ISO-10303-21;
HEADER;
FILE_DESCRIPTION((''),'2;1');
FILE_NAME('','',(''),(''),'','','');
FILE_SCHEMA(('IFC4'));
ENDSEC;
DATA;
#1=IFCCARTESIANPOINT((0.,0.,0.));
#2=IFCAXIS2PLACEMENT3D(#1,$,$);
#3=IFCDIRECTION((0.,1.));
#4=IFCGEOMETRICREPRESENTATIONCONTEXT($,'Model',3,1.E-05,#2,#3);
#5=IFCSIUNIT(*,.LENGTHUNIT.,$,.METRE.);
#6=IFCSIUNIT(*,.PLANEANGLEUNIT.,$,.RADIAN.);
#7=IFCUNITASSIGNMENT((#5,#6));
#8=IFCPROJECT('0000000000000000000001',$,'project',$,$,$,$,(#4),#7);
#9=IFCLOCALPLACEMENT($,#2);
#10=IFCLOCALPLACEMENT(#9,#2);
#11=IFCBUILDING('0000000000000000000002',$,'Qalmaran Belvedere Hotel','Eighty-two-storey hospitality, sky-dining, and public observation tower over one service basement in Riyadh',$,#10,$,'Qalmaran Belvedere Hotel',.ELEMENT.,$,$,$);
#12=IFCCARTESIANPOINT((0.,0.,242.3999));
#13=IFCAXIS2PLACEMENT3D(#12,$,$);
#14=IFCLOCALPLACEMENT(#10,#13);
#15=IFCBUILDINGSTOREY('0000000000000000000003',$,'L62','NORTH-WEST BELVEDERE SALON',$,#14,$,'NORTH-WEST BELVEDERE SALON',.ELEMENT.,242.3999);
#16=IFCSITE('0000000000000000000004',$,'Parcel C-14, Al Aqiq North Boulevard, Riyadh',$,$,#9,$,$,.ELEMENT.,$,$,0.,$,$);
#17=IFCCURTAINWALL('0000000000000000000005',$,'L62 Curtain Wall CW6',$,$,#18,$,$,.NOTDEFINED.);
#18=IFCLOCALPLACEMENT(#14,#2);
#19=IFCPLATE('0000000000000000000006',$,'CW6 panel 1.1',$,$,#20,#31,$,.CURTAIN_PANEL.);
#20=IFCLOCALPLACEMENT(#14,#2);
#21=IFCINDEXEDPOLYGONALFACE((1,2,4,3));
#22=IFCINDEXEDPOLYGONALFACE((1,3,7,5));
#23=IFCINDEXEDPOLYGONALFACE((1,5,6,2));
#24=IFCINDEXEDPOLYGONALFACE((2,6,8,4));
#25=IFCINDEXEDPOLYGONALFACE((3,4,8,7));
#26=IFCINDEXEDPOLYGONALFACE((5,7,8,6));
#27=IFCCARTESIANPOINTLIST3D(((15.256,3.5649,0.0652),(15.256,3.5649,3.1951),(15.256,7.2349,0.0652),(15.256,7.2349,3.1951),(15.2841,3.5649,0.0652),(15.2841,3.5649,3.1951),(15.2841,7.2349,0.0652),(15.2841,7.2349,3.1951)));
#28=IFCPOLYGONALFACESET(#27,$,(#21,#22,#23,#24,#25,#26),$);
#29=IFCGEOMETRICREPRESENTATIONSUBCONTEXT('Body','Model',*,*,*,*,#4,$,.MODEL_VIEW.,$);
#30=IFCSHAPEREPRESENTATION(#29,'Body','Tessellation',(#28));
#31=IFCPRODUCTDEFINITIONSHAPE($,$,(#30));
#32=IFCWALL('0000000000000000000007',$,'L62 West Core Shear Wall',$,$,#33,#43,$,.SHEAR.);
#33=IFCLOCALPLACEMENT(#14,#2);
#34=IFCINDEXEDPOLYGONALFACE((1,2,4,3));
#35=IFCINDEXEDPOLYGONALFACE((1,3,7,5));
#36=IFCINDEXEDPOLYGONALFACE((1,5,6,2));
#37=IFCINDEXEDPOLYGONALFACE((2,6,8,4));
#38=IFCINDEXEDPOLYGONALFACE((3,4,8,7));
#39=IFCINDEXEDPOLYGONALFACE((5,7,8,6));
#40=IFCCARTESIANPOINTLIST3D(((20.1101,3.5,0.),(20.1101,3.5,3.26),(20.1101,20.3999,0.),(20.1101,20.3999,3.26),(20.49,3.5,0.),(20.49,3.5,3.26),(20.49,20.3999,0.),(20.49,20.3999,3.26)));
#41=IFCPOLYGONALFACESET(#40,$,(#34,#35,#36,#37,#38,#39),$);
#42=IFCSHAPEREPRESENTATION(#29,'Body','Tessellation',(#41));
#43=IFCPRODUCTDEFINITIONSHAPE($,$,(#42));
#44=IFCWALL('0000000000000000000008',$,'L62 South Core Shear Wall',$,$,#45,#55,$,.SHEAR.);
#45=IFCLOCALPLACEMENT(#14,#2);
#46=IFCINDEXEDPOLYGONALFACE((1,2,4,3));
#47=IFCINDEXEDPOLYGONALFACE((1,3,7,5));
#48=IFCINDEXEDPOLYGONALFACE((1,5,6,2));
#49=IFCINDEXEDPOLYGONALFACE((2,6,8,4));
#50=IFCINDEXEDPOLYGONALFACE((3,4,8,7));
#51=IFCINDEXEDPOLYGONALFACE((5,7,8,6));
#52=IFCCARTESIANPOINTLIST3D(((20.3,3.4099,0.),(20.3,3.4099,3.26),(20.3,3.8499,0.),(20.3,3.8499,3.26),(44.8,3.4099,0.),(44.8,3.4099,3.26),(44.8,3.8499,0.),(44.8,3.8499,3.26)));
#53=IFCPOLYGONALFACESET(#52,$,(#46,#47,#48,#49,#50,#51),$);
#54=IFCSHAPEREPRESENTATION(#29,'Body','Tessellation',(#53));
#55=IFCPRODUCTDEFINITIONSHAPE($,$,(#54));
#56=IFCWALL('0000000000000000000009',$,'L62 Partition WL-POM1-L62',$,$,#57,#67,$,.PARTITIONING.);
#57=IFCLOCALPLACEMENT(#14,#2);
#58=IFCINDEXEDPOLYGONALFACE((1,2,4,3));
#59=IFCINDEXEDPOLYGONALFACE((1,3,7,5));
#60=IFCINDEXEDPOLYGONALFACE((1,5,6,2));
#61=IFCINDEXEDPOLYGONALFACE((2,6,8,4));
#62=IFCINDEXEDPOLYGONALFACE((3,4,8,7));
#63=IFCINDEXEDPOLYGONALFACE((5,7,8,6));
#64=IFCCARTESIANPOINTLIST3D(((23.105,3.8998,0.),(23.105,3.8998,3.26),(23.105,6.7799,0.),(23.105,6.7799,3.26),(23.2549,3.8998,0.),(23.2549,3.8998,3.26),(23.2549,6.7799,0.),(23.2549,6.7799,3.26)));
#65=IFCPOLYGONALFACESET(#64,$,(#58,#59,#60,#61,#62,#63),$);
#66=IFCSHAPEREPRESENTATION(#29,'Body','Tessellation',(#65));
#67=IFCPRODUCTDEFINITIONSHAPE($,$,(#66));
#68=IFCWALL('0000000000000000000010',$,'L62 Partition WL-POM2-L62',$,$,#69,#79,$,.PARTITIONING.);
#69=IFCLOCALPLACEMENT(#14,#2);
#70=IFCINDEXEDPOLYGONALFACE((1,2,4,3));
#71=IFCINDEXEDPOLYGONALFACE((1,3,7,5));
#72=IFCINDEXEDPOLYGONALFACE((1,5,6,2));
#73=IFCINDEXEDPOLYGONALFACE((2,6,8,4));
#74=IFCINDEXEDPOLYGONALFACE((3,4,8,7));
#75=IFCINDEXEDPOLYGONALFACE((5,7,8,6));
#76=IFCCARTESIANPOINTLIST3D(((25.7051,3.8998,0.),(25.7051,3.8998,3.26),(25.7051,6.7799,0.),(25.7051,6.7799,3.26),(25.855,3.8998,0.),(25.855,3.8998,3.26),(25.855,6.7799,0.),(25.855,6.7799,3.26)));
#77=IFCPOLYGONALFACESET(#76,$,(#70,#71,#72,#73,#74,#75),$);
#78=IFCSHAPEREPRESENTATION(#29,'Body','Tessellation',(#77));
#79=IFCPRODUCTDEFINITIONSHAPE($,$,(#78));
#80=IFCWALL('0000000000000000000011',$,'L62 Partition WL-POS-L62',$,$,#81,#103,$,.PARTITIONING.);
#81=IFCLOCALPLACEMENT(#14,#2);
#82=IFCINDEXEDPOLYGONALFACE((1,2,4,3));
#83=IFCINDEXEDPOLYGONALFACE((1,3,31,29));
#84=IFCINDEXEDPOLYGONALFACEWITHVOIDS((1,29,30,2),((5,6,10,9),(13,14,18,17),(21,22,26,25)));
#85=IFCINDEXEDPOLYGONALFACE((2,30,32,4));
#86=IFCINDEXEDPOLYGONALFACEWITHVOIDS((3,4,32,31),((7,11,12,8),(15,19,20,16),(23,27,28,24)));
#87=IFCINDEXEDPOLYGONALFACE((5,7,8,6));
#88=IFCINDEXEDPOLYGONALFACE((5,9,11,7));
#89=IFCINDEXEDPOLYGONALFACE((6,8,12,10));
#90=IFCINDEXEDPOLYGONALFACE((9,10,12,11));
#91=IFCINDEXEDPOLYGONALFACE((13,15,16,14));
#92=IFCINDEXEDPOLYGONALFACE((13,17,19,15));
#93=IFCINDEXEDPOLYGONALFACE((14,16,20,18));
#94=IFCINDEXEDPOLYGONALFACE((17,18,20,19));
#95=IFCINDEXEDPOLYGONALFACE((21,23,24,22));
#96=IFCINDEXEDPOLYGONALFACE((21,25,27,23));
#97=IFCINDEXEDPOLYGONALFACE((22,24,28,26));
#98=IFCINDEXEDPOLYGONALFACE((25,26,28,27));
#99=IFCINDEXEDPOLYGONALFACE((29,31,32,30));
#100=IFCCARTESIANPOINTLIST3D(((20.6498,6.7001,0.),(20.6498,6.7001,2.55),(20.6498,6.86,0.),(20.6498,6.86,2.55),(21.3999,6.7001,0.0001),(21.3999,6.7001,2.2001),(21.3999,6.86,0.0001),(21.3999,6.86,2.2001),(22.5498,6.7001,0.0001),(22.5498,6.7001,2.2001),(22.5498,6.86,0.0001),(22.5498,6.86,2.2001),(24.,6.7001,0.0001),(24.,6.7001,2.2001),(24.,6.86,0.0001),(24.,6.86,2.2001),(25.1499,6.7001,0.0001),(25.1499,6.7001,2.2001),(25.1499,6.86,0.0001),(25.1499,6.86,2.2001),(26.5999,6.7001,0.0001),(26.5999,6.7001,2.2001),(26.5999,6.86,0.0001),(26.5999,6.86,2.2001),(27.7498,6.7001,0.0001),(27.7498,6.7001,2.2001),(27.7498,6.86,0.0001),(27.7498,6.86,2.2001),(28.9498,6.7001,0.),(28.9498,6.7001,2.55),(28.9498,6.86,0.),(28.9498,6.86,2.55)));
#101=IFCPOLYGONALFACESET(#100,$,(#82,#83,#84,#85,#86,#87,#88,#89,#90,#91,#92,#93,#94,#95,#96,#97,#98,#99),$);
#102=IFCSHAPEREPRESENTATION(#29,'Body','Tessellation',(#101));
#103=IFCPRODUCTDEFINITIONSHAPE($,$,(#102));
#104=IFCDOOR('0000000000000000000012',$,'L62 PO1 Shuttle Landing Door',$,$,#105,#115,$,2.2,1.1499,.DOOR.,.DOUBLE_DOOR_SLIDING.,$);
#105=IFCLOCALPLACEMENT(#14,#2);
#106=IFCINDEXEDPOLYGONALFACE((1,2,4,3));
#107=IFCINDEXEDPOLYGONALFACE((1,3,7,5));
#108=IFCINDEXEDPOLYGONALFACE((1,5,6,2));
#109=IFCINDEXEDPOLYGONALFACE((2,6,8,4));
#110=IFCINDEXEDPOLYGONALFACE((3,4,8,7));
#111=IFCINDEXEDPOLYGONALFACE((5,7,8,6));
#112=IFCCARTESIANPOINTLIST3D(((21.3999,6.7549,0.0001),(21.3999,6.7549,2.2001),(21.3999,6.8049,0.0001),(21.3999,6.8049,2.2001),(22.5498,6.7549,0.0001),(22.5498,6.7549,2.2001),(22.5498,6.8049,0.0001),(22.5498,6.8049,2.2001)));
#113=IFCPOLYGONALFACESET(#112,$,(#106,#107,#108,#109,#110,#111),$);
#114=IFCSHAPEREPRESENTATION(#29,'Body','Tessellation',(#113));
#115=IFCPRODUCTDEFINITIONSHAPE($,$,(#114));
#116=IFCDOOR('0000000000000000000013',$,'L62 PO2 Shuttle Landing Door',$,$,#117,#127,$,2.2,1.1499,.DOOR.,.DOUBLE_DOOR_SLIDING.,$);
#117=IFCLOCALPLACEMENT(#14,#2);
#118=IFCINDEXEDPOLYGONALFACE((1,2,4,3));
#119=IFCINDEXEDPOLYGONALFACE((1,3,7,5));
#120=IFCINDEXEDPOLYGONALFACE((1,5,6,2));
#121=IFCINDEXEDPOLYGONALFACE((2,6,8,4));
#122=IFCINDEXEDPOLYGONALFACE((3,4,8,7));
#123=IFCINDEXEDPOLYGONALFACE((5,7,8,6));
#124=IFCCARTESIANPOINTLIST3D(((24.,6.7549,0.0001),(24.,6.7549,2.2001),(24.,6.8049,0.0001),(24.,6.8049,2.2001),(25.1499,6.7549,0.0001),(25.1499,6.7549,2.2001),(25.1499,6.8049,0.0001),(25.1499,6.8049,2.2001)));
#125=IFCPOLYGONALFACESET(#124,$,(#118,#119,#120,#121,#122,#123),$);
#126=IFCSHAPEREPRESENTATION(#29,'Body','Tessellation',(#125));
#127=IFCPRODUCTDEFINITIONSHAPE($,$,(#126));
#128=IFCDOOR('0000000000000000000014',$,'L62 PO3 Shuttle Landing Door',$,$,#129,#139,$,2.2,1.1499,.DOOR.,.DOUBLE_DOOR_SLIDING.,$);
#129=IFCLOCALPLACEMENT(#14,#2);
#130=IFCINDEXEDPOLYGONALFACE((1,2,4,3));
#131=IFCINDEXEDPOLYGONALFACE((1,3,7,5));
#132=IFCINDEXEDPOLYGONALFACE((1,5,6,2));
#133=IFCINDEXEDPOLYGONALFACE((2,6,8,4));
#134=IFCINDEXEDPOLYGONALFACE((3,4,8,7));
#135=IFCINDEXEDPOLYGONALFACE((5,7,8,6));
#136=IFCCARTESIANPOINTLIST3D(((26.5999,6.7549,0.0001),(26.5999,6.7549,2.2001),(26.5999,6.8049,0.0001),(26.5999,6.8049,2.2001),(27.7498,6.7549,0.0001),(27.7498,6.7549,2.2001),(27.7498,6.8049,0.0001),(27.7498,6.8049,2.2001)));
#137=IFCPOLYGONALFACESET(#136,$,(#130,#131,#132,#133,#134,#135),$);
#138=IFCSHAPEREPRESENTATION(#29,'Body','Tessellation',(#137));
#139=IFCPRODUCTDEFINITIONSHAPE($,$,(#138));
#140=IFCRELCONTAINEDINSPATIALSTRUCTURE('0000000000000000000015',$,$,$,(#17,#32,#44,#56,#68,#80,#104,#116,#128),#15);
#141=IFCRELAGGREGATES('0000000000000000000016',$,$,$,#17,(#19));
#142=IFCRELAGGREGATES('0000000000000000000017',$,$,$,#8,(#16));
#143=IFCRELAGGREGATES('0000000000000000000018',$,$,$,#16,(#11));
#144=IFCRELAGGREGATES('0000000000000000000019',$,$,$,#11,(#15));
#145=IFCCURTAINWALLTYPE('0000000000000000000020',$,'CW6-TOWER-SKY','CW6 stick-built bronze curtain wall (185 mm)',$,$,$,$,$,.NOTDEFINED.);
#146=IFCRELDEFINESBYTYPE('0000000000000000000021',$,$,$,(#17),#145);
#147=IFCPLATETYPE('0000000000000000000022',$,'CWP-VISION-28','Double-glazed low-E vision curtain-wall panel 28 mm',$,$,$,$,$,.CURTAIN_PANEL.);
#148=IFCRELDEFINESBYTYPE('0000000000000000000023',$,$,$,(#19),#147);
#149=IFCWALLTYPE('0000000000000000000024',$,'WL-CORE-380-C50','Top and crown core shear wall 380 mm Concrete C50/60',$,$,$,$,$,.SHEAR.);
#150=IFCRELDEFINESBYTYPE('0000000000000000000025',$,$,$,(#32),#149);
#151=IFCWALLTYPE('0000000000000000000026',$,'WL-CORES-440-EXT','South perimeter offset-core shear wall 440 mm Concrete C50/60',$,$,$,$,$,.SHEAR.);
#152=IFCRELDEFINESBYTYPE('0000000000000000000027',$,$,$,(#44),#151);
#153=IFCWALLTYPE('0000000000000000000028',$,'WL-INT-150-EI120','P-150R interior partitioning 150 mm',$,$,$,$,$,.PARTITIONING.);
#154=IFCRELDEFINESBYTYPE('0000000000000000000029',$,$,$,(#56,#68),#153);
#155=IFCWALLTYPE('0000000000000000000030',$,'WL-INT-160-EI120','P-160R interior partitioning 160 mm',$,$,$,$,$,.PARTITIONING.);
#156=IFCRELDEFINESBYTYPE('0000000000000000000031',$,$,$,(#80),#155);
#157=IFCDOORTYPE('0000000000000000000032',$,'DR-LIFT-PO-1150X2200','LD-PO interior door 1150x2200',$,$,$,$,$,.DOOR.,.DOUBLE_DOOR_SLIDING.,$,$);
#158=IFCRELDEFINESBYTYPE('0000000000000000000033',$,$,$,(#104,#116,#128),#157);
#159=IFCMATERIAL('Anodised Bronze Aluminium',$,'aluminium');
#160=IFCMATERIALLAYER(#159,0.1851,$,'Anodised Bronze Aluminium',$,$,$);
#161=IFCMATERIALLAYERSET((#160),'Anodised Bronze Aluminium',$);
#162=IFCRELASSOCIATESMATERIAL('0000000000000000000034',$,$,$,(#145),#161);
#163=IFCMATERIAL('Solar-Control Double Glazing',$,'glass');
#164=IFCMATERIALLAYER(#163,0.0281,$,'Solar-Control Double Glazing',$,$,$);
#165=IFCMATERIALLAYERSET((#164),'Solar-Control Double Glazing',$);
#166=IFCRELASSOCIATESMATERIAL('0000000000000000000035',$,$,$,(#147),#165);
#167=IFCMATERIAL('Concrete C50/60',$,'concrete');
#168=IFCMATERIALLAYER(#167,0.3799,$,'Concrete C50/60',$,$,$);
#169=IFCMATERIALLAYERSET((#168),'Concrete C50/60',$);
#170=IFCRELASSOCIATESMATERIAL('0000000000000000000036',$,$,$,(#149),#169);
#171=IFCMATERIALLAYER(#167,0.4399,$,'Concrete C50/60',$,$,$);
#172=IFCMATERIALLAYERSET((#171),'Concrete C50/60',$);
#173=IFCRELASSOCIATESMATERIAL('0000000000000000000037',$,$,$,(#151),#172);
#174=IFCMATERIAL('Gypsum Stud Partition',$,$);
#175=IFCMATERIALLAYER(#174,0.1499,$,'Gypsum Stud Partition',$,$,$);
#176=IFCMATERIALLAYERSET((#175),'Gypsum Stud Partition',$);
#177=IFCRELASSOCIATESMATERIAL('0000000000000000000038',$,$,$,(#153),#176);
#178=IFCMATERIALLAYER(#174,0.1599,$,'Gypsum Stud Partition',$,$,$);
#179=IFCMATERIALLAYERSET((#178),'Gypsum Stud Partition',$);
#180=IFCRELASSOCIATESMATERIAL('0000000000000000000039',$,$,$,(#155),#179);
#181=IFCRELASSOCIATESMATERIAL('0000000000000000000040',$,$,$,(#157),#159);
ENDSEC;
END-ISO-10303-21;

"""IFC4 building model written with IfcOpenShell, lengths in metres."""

from ifc_helpers import new_model, si_unit, direction, frame, frame_2d, origin, origin_2d, place, context, subcontext, project, spatial, rectangle, extrude, material, layer, layer_set, type_object, element, fill, aggregate, save


model = new_model("IFC4")

# Units and contexts
model_context = context("Model", 3, precision=1e-05, world=origin(), true_north=direction((0.0, 1.0)))
body_context = subcontext(model_context, "Body", "Model", "MODEL_VIEW")
ifc_project = project(units=[si_unit("LENGTHUNIT", "METRE"), si_unit("PLANEANGLEUNIT", "RADIAN")], contexts=[model_context])

# Site, building, storey
site_placement = place(None, origin())
site = spatial("IfcSite", under=ifc_project, at=site_placement, Name="Parcel C-14, Al Aqiq North Boulevard, Riyadh", CompositionType="ELEMENT", RefElevation=0.0)
building_placement = place(site_placement, origin())
building = spatial("IfcBuilding", under=site, at=building_placement, Name="Qalmaran Belvedere Hotel", Description="Eighty-two-storey hospitality, sky-dining, and public observation tower over one service basement in Riyadh", LongName="Qalmaran Belvedere Hotel", CompositionType="ELEMENT")
storey_placement = place(building_placement, frame((0.0, 0.0, 242.3999)))
storey = spatial("IfcBuildingStorey", under=building, at=storey_placement, Name="L62", Description="NORTH-WEST BELVEDERE SALON", LongName="NORTH-WEST BELVEDERE SALON", CompositionType="ELEMENT", Elevation=242.3999)

# Shared definitions
ifc_material_1 = material(Name="Concrete C50/60", Category="concrete")

# Shared definitions
ifc_material_2 = material(Name="Anodised Bronze Aluminium", Category="aluminium")
ifc_layer_1 = layer(ifc_material_2, 0.1851, Name="Anodised Bronze Aluminium")
ifc_layer_set_1 = layer_set([ifc_layer_1], Name="Anodised Bronze Aluminium")
curtain_wall_type = type_object("IfcCurtainWallType", Name="CW6-TOWER-SKY", Description="CW6 stick-built bronze curtain wall (185 mm)", PredefinedType="NOTDEFINED", material=ifc_layer_set_1)

# Curtain wall
curtain_wall_1_placement = place(storey_placement, origin())
curtain_wall_1 = element("IfcCurtainWall", 1, at=curtain_wall_1_placement, inside=storey, type_object=curtain_wall_type, Name="L62 Curtain Wall CW6", PredefinedType="NOTDEFINED")

# Plate
ifc_material_3 = material(Name="Solar-Control Double Glazing", Category="glass")
ifc_layer_2 = layer(ifc_material_3, 0.0281, Name="Solar-Control Double Glazing")
ifc_layer_set_2 = layer_set([ifc_layer_2], Name="Solar-Control Double Glazing")
plate_type = type_object("IfcPlateType", Name="CWP-VISION-28", Description="Double-glazed low-E vision curtain-wall panel 28 mm", PredefinedType="CURTAIN_PANEL", material=ifc_layer_set_2)
plate_1_placement = place(storey_placement, frame((15.27, 5.3999, 0.0652), z_axis=(0.0, 0.0, 1.0), x_axis=(0.0, -1.0, 0.0)))
plate_1 = element("IfcPlate", 2, at=plate_1_placement, type_object=plate_type, Name="CW6 panel 1.1", PredefinedType="CURTAIN_PANEL", context=body_context, shape_type="SweptSolid", body=[
    extrude(rectangle(XDim=3.6699, YDim=0.0281, at=origin_2d()), origin(), (0.0, 0.0, 1.0), 3.1299),
])
aggregate(curtain_wall_1, [plate_1])

# Walls
ifc_layer_3 = layer(ifc_material_1, 0.3799, Name="Concrete C50/60")
ifc_layer_set_3 = layer_set([ifc_layer_3], Name="Concrete C50/60")
wall_type_1 = type_object("IfcWallType", Name="WL-CORE-380-C50", Description="Top and crown core shear wall 380 mm Concrete C50/60", PredefinedType="SHEAR", material=ifc_layer_set_3)
wall_1_placement = place(storey_placement, frame((20.3, 3.5, 0.0), z_axis=(0.0, 0.0, 1.0), x_axis=(0.0, 1.0, 0.0)))
element("IfcWall", 3, at=wall_1_placement, inside=storey, type_object=wall_type_1, Name="L62 West Core Shear Wall", PredefinedType="SHEAR", context=body_context, shape_type="SweptSolid", body=[
    extrude(rectangle(XDim=16.8999, YDim=0.3799, at=frame_2d((8.45, 0.0))), origin(), (0.0, 0.0, 1.0), 3.26),
])
ifc_layer_4 = layer(ifc_material_1, 0.4399, Name="Concrete C50/60")
ifc_layer_set_4 = layer_set([ifc_layer_4], Name="Concrete C50/60")
wall_type_2 = type_object("IfcWallType", Name="WL-CORES-440-EXT", Description="South perimeter offset-core shear wall 440 mm Concrete C50/60", PredefinedType="SHEAR", material=ifc_layer_set_4)
wall_2_placement = place(storey_placement, frame((20.3, 3.6299, 0.0), z_axis=(0.0, 0.0, 1.0), x_axis=(1.0, 0.0, 0.0)))
element("IfcWall", 4, at=wall_2_placement, inside=storey, type_object=wall_type_2, Name="L62 South Core Shear Wall", PredefinedType="SHEAR", context=body_context, shape_type="SweptSolid", body=[
    extrude(rectangle(XDim=24.5, YDim=0.4399, at=frame_2d((12.25, 0.0))), origin(), (0.0, 0.0, 1.0), 3.26),
])
ifc_material_4 = material(Name="Gypsum Stud Partition")
ifc_layer_5 = layer(ifc_material_4, 0.1499, Name="Gypsum Stud Partition")
ifc_layer_set_5 = layer_set([ifc_layer_5], Name="Gypsum Stud Partition")
wall_type_3 = type_object("IfcWallType", Name="WL-INT-150-EI120", Description="P-150R interior partitioning 150 mm", PredefinedType="PARTITIONING", material=ifc_layer_set_5)
for number, where, z_axis, x_axis, name in (
    (5, (23.1799, 3.8999, 0.0), (0.0, 0.0, 1.0), (0.0, 1.0, 0.0), "L62 Partition WL-POM1-L62"),
    (6, (25.78, 3.8999, 0.0), (0.0, 0.0, 1.0), (0.0, 1.0, 0.0), "L62 Partition WL-POM2-L62"),
):
    element("IfcWall", number, at=place(storey_placement, frame(where, z_axis=z_axis, x_axis=x_axis)), inside=storey, type_object=wall_type_3, Name=name, PredefinedType="PARTITIONING", context=body_context, shape_type="SweptSolid", body=[
        extrude(rectangle(XDim=2.8801, YDim=0.1499, at=frame_2d((1.4399, 0.0))), origin(), (0.0, 0.0, 1.0), 3.26),
    ])

# Wall, openings, doors
ifc_layer_6 = layer(ifc_material_4, 0.1599, Name="Gypsum Stud Partition")
ifc_layer_set_6 = layer_set([ifc_layer_6], Name="Gypsum Stud Partition")
wall_type_4 = type_object("IfcWallType", Name="WL-INT-160-EI120", Description="P-160R interior partitioning 160 mm", PredefinedType="PARTITIONING", material=ifc_layer_set_6)
wall_3_placement = place(storey_placement, frame((20.6499, 6.78, 0.0), z_axis=(0.0, 0.0, 1.0), x_axis=(1.0, 0.0, 0.0)))
wall_3 = element("IfcWall", 7, at=wall_3_placement, inside=storey, type_object=wall_type_4, Name="L62 Partition WL-POS-L62", PredefinedType="PARTITIONING", context=body_context, shape_type="SweptSolid", body=[
    extrude(rectangle(XDim=8.3, YDim=0.1599, at=frame_2d((4.1499, 0.0))), origin(), (0.0, 0.0, 1.0), 2.55),
])
opening_1_placement = place(wall_3_placement, frame((0.75, 0.0, 0.0)))
opening_1 = element("IfcOpeningElement", 8, at=opening_1_placement, cuts=wall_3, PredefinedType="OPENING", context=body_context, shape_type="SweptSolid", body=[
    extrude(rectangle(XDim=1.1499, YDim=2.2, at=frame_2d((0.575, 1.1001))), frame((0.0, 0.0898, 0.0), z_axis=(0.0, -1.0, 0.0), x_axis=(1.0, 0.0, 0.0)), (0.0, 0.0, 1.0), 0.1799),
])
opening_2_placement = place(wall_3_placement, frame((3.3501, 0.0, 0.0)))
opening_2 = element("IfcOpeningElement", 9, at=opening_2_placement, cuts=wall_3, PredefinedType="OPENING", context=body_context, shape_type="SweptSolid", body=[
    extrude(rectangle(XDim=1.1499, YDim=2.2, at=frame_2d((0.575, 1.1001))), frame((0.0, 0.0898, 0.0), z_axis=(0.0, -1.0, 0.0), x_axis=(1.0, 0.0, 0.0)), (0.0, 0.0, 1.0), 0.1799),
])
opening_3_placement = place(wall_3_placement, frame((5.95, 0.0, 0.0)))
opening_3 = element("IfcOpeningElement", 10, at=opening_3_placement, cuts=wall_3, PredefinedType="OPENING", context=body_context, shape_type="SweptSolid", body=[
    extrude(rectangle(XDim=1.1499, YDim=2.2, at=frame_2d((0.575, 1.1001))), frame((0.0, 0.0898, 0.0), z_axis=(0.0, -1.0, 0.0), x_axis=(1.0, 0.0, 0.0)), (0.0, 0.0, 1.0), 0.1799),
])
door_type = type_object("IfcDoorType", Name="DR-LIFT-PO-1150X2200", Description="LD-PO interior door 1150x2200", OperationType="DOUBLE_DOOR_SLIDING", PredefinedType="DOOR", material=ifc_material_2)
door_1_placement = place(opening_1_placement, origin())
door_1 = element("IfcDoor", 11, at=door_1_placement, inside=storey, type_object=door_type, Name="L62 PO1 Shuttle Landing Door", OperationType="DOUBLE_DOOR_SLIDING", OverallHeight=2.2, OverallWidth=1.1499, PredefinedType="DOOR", context=body_context, shape_type="SweptSolid", body=[
    extrude(rectangle(XDim=1.1499, YDim=2.2, at=frame_2d((0.575, 1.1001))), frame((0.0, 0.0249, 0.0), z_axis=(0.0, -1.0, 0.0), x_axis=(1.0, 0.0, 0.0)), (0.0, 0.0, 1.0), 0.05),
])
fill(opening_1, door_1)
door_2_placement = place(opening_2_placement, origin())
door_2 = element("IfcDoor", 12, at=door_2_placement, inside=storey, type_object=door_type, Name="L62 PO2 Shuttle Landing Door", OperationType="DOUBLE_DOOR_SLIDING", OverallHeight=2.2, OverallWidth=1.1499, PredefinedType="DOOR", context=body_context, shape_type="SweptSolid", body=[
    extrude(rectangle(XDim=1.1499, YDim=2.2, at=frame_2d((0.575, 1.1001))), frame((0.0, 0.0249, 0.0), z_axis=(0.0, -1.0, 0.0), x_axis=(1.0, 0.0, 0.0)), (0.0, 0.0, 1.0), 0.05),
])
fill(opening_2, door_2)
door_3_placement = place(opening_3_placement, origin())
door_3 = element("IfcDoor", 13, at=door_3_placement, inside=storey, type_object=door_type, Name="L62 PO3 Shuttle Landing Door", OperationType="DOUBLE_DOOR_SLIDING", OverallHeight=2.2, OverallWidth=1.1499, PredefinedType="DOOR", context=body_context, shape_type="SweptSolid", body=[
    extrude(rectangle(XDim=1.1499, YDim=2.2, at=frame_2d((0.575, 1.1001))), frame((0.0, 0.0249, 0.0), z_axis=(0.0, -1.0, 0.0), x_axis=(1.0, 0.0, 0.0)), (0.0, 0.0, 1.0), 0.05),
])
fill(opening_3, door_3)

save(model, "model.ifc")
